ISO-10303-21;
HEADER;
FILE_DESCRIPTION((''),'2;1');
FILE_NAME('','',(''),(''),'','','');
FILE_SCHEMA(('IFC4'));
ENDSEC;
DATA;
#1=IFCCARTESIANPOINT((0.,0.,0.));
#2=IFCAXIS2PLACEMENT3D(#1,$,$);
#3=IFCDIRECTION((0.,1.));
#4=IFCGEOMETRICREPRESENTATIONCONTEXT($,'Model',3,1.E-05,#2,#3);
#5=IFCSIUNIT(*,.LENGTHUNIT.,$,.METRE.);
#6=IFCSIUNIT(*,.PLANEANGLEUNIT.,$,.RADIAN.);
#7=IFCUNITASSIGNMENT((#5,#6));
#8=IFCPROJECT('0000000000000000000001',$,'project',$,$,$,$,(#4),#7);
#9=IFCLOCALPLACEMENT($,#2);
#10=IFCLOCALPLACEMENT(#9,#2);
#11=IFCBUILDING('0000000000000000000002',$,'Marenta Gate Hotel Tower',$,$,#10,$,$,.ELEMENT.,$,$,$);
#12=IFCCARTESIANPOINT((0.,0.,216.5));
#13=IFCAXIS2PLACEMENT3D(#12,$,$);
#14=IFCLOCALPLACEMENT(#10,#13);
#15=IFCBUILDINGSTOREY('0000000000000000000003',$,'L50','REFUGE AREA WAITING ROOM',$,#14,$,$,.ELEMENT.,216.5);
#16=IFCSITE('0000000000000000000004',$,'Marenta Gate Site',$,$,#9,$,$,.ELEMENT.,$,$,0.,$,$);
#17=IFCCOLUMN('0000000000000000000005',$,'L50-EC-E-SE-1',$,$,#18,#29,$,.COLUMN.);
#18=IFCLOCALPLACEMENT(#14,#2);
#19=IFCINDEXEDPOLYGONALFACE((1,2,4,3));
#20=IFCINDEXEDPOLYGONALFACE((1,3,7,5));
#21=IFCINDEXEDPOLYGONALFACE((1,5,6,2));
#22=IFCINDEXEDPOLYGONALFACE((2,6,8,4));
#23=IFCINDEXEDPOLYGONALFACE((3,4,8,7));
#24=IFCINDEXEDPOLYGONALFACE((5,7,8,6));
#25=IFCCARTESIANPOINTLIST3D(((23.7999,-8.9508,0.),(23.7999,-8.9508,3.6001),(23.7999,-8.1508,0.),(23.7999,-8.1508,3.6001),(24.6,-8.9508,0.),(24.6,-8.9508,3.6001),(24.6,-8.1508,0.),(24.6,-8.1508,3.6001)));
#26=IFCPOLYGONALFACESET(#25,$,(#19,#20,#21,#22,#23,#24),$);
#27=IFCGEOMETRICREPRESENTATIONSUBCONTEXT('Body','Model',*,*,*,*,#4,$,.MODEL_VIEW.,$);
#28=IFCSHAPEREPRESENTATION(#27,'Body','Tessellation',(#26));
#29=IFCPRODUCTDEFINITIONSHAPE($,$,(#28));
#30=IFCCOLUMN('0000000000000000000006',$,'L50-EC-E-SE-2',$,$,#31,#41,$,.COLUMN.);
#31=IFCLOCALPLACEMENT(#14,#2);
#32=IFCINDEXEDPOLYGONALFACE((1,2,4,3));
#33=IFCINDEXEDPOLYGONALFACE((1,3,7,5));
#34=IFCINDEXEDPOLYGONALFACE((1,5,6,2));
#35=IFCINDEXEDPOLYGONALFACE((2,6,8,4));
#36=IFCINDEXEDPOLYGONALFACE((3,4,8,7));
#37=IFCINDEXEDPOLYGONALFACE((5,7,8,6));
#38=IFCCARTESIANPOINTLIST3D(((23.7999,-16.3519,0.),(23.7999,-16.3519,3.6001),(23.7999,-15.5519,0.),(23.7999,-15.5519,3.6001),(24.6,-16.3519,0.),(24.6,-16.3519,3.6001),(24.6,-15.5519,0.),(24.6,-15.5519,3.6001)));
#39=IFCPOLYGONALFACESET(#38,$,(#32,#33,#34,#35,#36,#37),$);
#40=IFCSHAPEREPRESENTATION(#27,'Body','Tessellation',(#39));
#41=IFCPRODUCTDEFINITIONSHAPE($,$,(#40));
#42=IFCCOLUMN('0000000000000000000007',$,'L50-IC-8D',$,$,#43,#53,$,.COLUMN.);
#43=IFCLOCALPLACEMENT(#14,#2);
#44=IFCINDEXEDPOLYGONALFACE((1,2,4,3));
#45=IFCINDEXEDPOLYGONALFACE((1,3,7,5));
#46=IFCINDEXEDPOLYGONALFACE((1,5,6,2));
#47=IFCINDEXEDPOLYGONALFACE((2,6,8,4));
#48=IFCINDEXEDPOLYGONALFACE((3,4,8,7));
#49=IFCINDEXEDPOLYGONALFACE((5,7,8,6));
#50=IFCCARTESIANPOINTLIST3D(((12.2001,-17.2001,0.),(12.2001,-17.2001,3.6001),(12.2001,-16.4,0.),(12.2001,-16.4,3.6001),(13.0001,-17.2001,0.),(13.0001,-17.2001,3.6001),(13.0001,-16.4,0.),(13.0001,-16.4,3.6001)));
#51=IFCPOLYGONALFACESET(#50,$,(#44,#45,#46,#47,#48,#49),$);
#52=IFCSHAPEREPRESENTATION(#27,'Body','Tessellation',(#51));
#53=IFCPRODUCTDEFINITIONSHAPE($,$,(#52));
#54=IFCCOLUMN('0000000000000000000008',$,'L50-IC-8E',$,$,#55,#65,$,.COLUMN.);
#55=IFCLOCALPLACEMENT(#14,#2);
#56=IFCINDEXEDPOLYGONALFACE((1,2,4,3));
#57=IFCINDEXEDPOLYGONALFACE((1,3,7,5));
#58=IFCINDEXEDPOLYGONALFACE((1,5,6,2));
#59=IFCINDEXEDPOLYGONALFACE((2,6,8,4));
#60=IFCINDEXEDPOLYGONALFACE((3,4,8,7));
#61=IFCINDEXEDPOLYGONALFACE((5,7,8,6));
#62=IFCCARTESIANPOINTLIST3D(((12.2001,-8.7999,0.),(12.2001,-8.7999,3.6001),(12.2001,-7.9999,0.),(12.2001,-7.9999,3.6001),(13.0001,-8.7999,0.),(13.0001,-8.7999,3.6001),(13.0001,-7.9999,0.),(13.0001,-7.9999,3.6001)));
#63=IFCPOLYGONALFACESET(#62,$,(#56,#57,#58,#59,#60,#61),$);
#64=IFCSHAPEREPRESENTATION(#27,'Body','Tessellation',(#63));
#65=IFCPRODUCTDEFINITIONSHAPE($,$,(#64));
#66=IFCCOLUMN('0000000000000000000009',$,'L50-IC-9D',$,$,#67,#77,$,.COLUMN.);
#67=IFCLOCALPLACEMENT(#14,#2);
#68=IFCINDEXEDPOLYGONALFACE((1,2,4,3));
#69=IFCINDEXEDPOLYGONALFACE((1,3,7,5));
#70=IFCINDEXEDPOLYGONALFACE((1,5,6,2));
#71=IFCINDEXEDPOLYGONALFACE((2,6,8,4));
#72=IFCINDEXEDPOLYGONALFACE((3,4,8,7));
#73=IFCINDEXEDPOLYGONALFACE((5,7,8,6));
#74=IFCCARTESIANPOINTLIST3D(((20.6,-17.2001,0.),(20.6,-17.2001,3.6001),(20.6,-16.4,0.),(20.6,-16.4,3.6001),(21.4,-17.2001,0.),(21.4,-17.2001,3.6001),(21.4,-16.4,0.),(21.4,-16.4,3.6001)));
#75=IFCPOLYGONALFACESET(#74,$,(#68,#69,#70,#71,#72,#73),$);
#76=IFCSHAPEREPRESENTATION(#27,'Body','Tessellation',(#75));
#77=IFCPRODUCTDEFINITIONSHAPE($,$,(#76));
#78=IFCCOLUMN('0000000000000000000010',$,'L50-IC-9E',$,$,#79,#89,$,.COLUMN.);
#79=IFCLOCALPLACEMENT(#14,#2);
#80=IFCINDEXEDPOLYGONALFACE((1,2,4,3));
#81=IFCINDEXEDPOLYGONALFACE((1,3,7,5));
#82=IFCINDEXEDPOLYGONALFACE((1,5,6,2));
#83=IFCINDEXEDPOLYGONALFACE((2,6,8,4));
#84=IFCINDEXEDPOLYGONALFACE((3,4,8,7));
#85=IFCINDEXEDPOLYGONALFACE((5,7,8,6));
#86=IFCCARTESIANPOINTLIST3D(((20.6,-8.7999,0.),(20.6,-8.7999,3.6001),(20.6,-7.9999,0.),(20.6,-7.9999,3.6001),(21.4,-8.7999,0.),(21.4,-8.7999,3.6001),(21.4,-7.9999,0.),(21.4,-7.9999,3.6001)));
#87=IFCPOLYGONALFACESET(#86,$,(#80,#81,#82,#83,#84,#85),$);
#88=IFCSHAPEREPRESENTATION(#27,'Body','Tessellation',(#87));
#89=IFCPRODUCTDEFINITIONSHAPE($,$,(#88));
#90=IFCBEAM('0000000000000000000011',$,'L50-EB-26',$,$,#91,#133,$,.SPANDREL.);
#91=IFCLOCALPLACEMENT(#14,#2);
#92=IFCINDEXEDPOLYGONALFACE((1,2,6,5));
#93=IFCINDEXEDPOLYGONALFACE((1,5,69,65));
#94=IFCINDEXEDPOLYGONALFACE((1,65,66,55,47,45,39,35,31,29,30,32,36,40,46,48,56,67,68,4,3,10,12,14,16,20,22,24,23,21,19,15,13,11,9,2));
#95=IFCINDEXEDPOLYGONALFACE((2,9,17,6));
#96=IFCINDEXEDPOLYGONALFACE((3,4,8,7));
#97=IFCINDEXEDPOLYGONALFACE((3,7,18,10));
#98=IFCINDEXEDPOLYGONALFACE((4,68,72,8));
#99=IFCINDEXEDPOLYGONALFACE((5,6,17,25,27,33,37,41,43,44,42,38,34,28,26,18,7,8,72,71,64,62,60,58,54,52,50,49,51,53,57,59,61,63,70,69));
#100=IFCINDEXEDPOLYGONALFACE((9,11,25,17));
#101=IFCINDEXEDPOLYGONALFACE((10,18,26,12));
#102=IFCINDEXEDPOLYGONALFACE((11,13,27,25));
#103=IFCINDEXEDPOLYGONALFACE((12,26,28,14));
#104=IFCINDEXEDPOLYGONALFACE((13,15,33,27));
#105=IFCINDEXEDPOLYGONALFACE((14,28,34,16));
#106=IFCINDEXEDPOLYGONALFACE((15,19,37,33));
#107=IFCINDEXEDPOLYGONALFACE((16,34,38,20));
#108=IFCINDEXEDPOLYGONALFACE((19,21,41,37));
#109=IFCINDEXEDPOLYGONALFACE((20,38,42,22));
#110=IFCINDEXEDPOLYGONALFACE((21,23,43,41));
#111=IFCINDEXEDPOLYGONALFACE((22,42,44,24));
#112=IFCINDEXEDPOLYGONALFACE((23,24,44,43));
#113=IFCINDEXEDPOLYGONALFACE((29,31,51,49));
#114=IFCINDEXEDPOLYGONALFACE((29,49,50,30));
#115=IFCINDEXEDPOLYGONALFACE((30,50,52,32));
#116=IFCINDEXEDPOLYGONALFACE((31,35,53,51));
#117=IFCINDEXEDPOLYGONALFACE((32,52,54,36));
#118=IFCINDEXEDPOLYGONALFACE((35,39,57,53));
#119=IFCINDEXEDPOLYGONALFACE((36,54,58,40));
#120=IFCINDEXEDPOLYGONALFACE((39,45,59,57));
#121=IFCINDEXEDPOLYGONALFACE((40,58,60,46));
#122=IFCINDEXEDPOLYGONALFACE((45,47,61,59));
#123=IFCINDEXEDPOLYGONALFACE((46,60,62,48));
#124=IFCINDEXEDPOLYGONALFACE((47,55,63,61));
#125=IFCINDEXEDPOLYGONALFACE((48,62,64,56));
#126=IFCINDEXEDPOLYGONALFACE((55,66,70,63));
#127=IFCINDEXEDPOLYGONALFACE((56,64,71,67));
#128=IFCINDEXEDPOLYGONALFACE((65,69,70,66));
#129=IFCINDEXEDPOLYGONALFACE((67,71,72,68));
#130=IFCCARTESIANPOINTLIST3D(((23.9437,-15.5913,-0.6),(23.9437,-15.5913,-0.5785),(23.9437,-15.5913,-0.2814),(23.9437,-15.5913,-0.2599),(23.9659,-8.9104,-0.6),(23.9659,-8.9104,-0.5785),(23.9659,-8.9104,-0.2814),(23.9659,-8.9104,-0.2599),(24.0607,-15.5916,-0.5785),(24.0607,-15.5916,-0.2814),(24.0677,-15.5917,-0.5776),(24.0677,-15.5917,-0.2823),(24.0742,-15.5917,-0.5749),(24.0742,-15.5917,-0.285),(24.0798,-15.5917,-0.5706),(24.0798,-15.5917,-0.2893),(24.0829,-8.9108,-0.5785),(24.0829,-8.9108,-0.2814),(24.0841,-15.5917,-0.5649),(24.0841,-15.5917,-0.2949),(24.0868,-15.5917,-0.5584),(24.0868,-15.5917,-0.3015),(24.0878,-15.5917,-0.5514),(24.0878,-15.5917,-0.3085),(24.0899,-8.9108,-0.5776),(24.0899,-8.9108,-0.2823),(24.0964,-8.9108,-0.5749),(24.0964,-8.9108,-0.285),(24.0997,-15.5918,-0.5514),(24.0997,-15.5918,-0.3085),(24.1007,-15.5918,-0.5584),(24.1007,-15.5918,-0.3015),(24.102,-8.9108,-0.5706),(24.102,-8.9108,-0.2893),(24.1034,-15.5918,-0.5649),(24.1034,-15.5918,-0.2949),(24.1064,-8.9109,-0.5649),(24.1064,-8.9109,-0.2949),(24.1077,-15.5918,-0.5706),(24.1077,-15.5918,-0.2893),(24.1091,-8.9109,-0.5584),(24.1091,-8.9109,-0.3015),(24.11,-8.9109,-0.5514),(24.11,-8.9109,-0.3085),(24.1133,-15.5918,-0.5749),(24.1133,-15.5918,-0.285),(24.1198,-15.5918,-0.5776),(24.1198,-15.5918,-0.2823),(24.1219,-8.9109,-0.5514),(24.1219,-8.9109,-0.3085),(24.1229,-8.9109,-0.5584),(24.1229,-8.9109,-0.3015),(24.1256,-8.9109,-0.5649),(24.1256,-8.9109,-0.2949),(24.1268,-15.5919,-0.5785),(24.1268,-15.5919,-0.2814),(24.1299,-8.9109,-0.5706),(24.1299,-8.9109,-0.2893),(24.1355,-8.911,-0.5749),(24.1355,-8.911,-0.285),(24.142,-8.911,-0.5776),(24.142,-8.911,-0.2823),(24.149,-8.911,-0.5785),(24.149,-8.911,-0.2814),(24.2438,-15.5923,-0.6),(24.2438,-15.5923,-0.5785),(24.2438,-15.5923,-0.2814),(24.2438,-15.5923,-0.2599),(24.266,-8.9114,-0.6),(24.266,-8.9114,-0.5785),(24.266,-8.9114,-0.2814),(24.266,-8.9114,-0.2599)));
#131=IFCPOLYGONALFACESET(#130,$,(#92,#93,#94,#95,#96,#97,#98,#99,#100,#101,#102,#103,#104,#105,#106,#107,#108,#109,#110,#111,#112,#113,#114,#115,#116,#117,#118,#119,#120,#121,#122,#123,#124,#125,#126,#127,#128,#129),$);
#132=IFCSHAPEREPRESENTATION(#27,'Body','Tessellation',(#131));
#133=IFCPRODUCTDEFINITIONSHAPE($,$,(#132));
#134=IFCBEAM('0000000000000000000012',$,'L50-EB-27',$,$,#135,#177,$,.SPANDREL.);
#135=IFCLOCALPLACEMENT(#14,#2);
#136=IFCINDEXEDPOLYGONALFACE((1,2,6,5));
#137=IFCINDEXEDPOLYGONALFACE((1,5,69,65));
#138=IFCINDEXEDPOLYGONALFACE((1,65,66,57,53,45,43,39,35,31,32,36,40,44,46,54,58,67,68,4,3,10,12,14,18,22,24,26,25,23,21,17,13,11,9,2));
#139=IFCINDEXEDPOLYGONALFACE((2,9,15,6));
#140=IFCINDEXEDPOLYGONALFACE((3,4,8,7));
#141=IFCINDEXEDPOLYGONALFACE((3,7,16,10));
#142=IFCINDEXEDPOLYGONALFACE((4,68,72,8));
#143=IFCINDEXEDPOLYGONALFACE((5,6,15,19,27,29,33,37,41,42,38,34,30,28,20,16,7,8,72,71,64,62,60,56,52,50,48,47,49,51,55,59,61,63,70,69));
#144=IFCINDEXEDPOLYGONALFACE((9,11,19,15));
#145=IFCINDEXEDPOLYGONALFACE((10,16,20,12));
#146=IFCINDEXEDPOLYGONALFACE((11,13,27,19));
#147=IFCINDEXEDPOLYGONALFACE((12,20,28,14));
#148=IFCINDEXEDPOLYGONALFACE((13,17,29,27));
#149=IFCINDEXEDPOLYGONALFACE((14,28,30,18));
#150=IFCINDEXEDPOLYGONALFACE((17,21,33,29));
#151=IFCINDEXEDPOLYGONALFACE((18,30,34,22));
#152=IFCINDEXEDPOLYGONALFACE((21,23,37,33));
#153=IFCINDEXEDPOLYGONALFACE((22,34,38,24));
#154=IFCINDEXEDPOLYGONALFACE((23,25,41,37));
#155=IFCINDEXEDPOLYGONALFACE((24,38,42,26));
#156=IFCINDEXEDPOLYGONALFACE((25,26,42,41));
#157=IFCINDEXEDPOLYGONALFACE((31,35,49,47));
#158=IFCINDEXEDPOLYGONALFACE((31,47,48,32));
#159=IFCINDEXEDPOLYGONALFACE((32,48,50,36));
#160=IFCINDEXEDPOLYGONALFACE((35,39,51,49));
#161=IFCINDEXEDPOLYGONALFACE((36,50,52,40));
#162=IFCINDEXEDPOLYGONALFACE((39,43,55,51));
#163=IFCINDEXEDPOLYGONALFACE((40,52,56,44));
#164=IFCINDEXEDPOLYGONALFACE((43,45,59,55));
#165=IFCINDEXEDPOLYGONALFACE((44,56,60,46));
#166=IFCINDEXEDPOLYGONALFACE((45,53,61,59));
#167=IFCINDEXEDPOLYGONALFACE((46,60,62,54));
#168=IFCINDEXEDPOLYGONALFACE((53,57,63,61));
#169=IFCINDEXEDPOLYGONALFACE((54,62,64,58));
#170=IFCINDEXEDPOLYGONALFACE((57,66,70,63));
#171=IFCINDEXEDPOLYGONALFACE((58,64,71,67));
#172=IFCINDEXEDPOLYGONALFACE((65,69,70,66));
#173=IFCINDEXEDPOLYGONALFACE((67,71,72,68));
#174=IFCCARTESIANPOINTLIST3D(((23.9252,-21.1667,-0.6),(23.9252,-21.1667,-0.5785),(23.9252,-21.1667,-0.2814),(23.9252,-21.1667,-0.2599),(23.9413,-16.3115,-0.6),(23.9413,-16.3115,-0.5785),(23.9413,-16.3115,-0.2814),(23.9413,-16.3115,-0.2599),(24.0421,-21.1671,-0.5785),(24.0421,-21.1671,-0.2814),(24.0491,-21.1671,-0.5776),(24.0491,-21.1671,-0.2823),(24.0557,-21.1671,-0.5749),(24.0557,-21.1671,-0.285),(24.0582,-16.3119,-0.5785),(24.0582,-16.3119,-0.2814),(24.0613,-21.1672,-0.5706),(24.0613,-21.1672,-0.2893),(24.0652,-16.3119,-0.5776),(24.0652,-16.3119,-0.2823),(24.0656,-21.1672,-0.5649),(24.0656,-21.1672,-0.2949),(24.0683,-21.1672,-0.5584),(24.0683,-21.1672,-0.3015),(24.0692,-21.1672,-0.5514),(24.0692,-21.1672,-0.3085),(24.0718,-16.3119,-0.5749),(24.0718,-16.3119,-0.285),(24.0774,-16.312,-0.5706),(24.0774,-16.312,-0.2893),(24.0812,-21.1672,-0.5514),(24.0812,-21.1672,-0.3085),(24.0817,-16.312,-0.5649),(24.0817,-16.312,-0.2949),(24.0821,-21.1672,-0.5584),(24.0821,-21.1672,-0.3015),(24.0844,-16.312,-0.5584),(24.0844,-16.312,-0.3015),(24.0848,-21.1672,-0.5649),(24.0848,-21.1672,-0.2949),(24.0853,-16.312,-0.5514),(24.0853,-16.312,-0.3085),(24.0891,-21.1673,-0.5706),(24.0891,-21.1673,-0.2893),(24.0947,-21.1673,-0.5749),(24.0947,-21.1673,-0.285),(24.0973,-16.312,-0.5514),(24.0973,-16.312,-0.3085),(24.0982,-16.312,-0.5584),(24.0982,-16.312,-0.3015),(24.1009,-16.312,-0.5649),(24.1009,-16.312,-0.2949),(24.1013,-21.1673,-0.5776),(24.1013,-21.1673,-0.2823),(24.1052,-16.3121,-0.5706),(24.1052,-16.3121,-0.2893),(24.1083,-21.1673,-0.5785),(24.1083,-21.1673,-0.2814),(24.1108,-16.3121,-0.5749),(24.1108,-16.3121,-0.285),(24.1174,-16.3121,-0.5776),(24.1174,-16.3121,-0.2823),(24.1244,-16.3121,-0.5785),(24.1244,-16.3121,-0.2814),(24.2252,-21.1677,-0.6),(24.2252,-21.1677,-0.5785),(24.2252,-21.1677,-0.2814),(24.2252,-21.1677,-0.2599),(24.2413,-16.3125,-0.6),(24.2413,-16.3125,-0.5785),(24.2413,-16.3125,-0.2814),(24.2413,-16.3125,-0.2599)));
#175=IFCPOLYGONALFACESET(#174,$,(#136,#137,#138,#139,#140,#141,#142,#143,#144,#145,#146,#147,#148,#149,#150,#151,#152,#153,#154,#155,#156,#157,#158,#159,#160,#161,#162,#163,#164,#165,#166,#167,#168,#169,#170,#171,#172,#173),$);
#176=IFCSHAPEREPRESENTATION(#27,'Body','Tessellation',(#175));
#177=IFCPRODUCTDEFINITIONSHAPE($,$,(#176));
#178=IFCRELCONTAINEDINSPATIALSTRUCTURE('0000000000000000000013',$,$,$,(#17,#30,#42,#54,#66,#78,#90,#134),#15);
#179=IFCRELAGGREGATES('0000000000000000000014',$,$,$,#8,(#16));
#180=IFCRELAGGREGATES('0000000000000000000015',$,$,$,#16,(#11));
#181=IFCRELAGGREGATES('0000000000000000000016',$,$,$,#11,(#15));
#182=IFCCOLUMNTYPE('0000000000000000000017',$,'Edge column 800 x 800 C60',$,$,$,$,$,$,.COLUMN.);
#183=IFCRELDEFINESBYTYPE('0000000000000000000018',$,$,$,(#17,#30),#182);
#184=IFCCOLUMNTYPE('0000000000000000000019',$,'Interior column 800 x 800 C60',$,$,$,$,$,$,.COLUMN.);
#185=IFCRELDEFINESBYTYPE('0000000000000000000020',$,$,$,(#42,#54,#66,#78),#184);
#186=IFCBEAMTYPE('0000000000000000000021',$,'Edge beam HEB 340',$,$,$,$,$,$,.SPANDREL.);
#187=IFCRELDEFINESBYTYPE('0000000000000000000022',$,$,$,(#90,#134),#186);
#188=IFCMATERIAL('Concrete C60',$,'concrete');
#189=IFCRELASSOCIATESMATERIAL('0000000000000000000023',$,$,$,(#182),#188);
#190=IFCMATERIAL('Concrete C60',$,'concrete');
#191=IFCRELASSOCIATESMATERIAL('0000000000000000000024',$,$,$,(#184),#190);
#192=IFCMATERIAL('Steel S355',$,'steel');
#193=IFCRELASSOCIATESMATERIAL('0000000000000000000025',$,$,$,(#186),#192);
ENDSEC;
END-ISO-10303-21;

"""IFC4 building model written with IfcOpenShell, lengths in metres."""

from ifc_helpers import new_model, si_unit, direction, frame, origin, origin_2d, place, context, subcontext, project, spatial, rectangle, i_section, extrude, material, material_profile, profile_set, type_object, element, save


model = new_model("IFC4")

# Units and contexts
model_context = context("Model", 3, precision=1e-05, world=origin(), true_north=direction((0.0, 1.0)))
body_context = subcontext(model_context, "Body", "Model", "MODEL_VIEW")
ifc_project = project(units=[si_unit("LENGTHUNIT", "METRE"), si_unit("PLANEANGLEUNIT", "RADIAN")], contexts=[model_context])

# Site, building, storey
site_placement = place(None, origin())
site = spatial("IfcSite", under=ifc_project, at=site_placement, Name="Marenta Gate Site", CompositionType="ELEMENT", RefElevation=0.0)
building_placement = place(site_placement, origin())
building = spatial("IfcBuilding", under=site, at=building_placement, Name="Marenta Gate Hotel Tower", CompositionType="ELEMENT")
storey_placement = place(building_placement, frame((0.0, 0.0, 216.5)))
storey = spatial("IfcBuildingStorey", under=building, at=storey_placement, Name="L50", Description="REFUGE AREA WAITING ROOM", CompositionType="ELEMENT", Elevation=216.5)

# Columns
ifc_material_1 = material(Name="Concrete C60", Category="concrete")
ifc_material_profile_1 = material_profile(ifc_material_1, rectangle(XDim=0.8, YDim=0.8, at=origin_2d()), Name="800 x 800")
ifc_profile_set_1 = profile_set([ifc_material_profile_1], Name="Concrete C60")
column_type_1 = type_object("IfcColumnType", Name="Edge column 800 x 800 C60", PredefinedType="COLUMN", material=ifc_profile_set_1)
for number, where, z_axis, x_axis, name in (
    (1, (24.2, -8.5508, 0.0), (0.0, 0.0, 1.0), (1.0, 0.0, 0.0), "L50-EC-E-SE-1"),
    (2, (24.2, -15.9519, 0.0), (0.0, 0.0, 1.0), (1.0, 0.0, 0.0), "L50-EC-E-SE-2"),
):
    element("IfcColumn", number, at=place(storey_placement, frame(where, z_axis=z_axis, x_axis=x_axis)), inside=storey, type_object=column_type_1, Name=name, PredefinedType="COLUMN", context=body_context, shape_type="SweptSolid", body=[
        extrude(rectangle(XDim=0.8, YDim=0.8, at=origin_2d()), origin(), (0.0, 0.0, 1.0), 3.6001),
    ])
ifc_material_2 = material(Name="Concrete C60", Category="concrete")
ifc_material_profile_2 = material_profile(ifc_material_2, rectangle(XDim=0.8, YDim=0.8, at=origin_2d()), Name="800 x 800")
ifc_profile_set_2 = profile_set([ifc_material_profile_2], Name="Concrete C60")
column_type_2 = type_object("IfcColumnType", Name="Interior column 800 x 800 C60", PredefinedType="COLUMN", material=ifc_profile_set_2)
for number, where, z_axis, x_axis, name in (
    (3, (12.6001, -16.8, 0.0), (0.0, 0.0, 1.0), (1.0, 0.0, 0.0), "L50-IC-8D"),
    (4, (12.6001, -8.3999, 0.0), (0.0, 0.0, 1.0), (1.0, 0.0, 0.0), "L50-IC-8E"),
    (5, (21.0, -16.8, 0.0), (0.0, 0.0, 1.0), (1.0, 0.0, 0.0), "L50-IC-9D"),
    (6, (21.0, -8.3999, 0.0), (0.0, 0.0, 1.0), (1.0, 0.0, 0.0), "L50-IC-9E"),
):
    element("IfcColumn", number, at=place(storey_placement, frame(where, z_axis=z_axis, x_axis=x_axis)), inside=storey, type_object=column_type_2, Name=name, PredefinedType="COLUMN", context=body_context, shape_type="SweptSolid", body=[
        extrude(rectangle(XDim=0.8, YDim=0.8, at=origin_2d()), origin(), (0.0, 0.0, 1.0), 3.6001),
    ])

# Beams
ifc_material_3 = material(Name="Steel S355", Category="steel")
ifc_material_profile_3 = material_profile(ifc_material_3, i_section(OverallWidth=0.3, OverallDepth=0.3401, WebThickness=0.012, FlangeThickness=0.0215, FilletRadius=0.0271, at=origin_2d()), Name="HEB 340")
ifc_profile_set_3 = profile_set([ifc_material_profile_3], Name="Steel S355")
beam_type_1 = type_object("IfcBeamType", Name="Edge beam HEB 340", PredefinedType="SPANDREL", material=ifc_profile_set_3)
beam_1_placement = place(storey_placement, frame((24.116, -8.9109, -0.4299), z_axis=(-0.003325, -0.999994, 0.0), x_axis=(0.999994, -0.003325, 0.0)))
element("IfcBeam", 7, at=beam_1_placement, inside=storey, type_object=beam_type_1, Name="L50-EB-26", PredefinedType="SPANDREL", context=body_context, shape_type="SweptSolid", body=[
    extrude(i_section(OverallWidth=0.3, OverallDepth=0.3401, WebThickness=0.012, FlangeThickness=0.0215, FilletRadius=0.0271, at=origin_2d()), origin(), (0.0, 0.0, 1.0), 6.6809),
])
beam_2_placement = place(storey_placement, frame((24.0913, -16.312, -0.4299), z_axis=(-0.003319, -0.999994, 0.0), x_axis=(0.999994, -0.003319, 0.0)))
element("IfcBeam", 8, at=beam_2_placement, inside=storey, type_object=beam_type_1, Name="L50-EB-27", PredefinedType="SPANDREL", context=body_context, shape_type="SweptSolid", body=[
    extrude(i_section(OverallWidth=0.3, OverallDepth=0.3401, WebThickness=0.012, FlangeThickness=0.0215, FilletRadius=0.0271, at=origin_2d()), origin(), (0.0, 0.0, 1.0), 4.8552),
])

save(model, "model.ifc")
